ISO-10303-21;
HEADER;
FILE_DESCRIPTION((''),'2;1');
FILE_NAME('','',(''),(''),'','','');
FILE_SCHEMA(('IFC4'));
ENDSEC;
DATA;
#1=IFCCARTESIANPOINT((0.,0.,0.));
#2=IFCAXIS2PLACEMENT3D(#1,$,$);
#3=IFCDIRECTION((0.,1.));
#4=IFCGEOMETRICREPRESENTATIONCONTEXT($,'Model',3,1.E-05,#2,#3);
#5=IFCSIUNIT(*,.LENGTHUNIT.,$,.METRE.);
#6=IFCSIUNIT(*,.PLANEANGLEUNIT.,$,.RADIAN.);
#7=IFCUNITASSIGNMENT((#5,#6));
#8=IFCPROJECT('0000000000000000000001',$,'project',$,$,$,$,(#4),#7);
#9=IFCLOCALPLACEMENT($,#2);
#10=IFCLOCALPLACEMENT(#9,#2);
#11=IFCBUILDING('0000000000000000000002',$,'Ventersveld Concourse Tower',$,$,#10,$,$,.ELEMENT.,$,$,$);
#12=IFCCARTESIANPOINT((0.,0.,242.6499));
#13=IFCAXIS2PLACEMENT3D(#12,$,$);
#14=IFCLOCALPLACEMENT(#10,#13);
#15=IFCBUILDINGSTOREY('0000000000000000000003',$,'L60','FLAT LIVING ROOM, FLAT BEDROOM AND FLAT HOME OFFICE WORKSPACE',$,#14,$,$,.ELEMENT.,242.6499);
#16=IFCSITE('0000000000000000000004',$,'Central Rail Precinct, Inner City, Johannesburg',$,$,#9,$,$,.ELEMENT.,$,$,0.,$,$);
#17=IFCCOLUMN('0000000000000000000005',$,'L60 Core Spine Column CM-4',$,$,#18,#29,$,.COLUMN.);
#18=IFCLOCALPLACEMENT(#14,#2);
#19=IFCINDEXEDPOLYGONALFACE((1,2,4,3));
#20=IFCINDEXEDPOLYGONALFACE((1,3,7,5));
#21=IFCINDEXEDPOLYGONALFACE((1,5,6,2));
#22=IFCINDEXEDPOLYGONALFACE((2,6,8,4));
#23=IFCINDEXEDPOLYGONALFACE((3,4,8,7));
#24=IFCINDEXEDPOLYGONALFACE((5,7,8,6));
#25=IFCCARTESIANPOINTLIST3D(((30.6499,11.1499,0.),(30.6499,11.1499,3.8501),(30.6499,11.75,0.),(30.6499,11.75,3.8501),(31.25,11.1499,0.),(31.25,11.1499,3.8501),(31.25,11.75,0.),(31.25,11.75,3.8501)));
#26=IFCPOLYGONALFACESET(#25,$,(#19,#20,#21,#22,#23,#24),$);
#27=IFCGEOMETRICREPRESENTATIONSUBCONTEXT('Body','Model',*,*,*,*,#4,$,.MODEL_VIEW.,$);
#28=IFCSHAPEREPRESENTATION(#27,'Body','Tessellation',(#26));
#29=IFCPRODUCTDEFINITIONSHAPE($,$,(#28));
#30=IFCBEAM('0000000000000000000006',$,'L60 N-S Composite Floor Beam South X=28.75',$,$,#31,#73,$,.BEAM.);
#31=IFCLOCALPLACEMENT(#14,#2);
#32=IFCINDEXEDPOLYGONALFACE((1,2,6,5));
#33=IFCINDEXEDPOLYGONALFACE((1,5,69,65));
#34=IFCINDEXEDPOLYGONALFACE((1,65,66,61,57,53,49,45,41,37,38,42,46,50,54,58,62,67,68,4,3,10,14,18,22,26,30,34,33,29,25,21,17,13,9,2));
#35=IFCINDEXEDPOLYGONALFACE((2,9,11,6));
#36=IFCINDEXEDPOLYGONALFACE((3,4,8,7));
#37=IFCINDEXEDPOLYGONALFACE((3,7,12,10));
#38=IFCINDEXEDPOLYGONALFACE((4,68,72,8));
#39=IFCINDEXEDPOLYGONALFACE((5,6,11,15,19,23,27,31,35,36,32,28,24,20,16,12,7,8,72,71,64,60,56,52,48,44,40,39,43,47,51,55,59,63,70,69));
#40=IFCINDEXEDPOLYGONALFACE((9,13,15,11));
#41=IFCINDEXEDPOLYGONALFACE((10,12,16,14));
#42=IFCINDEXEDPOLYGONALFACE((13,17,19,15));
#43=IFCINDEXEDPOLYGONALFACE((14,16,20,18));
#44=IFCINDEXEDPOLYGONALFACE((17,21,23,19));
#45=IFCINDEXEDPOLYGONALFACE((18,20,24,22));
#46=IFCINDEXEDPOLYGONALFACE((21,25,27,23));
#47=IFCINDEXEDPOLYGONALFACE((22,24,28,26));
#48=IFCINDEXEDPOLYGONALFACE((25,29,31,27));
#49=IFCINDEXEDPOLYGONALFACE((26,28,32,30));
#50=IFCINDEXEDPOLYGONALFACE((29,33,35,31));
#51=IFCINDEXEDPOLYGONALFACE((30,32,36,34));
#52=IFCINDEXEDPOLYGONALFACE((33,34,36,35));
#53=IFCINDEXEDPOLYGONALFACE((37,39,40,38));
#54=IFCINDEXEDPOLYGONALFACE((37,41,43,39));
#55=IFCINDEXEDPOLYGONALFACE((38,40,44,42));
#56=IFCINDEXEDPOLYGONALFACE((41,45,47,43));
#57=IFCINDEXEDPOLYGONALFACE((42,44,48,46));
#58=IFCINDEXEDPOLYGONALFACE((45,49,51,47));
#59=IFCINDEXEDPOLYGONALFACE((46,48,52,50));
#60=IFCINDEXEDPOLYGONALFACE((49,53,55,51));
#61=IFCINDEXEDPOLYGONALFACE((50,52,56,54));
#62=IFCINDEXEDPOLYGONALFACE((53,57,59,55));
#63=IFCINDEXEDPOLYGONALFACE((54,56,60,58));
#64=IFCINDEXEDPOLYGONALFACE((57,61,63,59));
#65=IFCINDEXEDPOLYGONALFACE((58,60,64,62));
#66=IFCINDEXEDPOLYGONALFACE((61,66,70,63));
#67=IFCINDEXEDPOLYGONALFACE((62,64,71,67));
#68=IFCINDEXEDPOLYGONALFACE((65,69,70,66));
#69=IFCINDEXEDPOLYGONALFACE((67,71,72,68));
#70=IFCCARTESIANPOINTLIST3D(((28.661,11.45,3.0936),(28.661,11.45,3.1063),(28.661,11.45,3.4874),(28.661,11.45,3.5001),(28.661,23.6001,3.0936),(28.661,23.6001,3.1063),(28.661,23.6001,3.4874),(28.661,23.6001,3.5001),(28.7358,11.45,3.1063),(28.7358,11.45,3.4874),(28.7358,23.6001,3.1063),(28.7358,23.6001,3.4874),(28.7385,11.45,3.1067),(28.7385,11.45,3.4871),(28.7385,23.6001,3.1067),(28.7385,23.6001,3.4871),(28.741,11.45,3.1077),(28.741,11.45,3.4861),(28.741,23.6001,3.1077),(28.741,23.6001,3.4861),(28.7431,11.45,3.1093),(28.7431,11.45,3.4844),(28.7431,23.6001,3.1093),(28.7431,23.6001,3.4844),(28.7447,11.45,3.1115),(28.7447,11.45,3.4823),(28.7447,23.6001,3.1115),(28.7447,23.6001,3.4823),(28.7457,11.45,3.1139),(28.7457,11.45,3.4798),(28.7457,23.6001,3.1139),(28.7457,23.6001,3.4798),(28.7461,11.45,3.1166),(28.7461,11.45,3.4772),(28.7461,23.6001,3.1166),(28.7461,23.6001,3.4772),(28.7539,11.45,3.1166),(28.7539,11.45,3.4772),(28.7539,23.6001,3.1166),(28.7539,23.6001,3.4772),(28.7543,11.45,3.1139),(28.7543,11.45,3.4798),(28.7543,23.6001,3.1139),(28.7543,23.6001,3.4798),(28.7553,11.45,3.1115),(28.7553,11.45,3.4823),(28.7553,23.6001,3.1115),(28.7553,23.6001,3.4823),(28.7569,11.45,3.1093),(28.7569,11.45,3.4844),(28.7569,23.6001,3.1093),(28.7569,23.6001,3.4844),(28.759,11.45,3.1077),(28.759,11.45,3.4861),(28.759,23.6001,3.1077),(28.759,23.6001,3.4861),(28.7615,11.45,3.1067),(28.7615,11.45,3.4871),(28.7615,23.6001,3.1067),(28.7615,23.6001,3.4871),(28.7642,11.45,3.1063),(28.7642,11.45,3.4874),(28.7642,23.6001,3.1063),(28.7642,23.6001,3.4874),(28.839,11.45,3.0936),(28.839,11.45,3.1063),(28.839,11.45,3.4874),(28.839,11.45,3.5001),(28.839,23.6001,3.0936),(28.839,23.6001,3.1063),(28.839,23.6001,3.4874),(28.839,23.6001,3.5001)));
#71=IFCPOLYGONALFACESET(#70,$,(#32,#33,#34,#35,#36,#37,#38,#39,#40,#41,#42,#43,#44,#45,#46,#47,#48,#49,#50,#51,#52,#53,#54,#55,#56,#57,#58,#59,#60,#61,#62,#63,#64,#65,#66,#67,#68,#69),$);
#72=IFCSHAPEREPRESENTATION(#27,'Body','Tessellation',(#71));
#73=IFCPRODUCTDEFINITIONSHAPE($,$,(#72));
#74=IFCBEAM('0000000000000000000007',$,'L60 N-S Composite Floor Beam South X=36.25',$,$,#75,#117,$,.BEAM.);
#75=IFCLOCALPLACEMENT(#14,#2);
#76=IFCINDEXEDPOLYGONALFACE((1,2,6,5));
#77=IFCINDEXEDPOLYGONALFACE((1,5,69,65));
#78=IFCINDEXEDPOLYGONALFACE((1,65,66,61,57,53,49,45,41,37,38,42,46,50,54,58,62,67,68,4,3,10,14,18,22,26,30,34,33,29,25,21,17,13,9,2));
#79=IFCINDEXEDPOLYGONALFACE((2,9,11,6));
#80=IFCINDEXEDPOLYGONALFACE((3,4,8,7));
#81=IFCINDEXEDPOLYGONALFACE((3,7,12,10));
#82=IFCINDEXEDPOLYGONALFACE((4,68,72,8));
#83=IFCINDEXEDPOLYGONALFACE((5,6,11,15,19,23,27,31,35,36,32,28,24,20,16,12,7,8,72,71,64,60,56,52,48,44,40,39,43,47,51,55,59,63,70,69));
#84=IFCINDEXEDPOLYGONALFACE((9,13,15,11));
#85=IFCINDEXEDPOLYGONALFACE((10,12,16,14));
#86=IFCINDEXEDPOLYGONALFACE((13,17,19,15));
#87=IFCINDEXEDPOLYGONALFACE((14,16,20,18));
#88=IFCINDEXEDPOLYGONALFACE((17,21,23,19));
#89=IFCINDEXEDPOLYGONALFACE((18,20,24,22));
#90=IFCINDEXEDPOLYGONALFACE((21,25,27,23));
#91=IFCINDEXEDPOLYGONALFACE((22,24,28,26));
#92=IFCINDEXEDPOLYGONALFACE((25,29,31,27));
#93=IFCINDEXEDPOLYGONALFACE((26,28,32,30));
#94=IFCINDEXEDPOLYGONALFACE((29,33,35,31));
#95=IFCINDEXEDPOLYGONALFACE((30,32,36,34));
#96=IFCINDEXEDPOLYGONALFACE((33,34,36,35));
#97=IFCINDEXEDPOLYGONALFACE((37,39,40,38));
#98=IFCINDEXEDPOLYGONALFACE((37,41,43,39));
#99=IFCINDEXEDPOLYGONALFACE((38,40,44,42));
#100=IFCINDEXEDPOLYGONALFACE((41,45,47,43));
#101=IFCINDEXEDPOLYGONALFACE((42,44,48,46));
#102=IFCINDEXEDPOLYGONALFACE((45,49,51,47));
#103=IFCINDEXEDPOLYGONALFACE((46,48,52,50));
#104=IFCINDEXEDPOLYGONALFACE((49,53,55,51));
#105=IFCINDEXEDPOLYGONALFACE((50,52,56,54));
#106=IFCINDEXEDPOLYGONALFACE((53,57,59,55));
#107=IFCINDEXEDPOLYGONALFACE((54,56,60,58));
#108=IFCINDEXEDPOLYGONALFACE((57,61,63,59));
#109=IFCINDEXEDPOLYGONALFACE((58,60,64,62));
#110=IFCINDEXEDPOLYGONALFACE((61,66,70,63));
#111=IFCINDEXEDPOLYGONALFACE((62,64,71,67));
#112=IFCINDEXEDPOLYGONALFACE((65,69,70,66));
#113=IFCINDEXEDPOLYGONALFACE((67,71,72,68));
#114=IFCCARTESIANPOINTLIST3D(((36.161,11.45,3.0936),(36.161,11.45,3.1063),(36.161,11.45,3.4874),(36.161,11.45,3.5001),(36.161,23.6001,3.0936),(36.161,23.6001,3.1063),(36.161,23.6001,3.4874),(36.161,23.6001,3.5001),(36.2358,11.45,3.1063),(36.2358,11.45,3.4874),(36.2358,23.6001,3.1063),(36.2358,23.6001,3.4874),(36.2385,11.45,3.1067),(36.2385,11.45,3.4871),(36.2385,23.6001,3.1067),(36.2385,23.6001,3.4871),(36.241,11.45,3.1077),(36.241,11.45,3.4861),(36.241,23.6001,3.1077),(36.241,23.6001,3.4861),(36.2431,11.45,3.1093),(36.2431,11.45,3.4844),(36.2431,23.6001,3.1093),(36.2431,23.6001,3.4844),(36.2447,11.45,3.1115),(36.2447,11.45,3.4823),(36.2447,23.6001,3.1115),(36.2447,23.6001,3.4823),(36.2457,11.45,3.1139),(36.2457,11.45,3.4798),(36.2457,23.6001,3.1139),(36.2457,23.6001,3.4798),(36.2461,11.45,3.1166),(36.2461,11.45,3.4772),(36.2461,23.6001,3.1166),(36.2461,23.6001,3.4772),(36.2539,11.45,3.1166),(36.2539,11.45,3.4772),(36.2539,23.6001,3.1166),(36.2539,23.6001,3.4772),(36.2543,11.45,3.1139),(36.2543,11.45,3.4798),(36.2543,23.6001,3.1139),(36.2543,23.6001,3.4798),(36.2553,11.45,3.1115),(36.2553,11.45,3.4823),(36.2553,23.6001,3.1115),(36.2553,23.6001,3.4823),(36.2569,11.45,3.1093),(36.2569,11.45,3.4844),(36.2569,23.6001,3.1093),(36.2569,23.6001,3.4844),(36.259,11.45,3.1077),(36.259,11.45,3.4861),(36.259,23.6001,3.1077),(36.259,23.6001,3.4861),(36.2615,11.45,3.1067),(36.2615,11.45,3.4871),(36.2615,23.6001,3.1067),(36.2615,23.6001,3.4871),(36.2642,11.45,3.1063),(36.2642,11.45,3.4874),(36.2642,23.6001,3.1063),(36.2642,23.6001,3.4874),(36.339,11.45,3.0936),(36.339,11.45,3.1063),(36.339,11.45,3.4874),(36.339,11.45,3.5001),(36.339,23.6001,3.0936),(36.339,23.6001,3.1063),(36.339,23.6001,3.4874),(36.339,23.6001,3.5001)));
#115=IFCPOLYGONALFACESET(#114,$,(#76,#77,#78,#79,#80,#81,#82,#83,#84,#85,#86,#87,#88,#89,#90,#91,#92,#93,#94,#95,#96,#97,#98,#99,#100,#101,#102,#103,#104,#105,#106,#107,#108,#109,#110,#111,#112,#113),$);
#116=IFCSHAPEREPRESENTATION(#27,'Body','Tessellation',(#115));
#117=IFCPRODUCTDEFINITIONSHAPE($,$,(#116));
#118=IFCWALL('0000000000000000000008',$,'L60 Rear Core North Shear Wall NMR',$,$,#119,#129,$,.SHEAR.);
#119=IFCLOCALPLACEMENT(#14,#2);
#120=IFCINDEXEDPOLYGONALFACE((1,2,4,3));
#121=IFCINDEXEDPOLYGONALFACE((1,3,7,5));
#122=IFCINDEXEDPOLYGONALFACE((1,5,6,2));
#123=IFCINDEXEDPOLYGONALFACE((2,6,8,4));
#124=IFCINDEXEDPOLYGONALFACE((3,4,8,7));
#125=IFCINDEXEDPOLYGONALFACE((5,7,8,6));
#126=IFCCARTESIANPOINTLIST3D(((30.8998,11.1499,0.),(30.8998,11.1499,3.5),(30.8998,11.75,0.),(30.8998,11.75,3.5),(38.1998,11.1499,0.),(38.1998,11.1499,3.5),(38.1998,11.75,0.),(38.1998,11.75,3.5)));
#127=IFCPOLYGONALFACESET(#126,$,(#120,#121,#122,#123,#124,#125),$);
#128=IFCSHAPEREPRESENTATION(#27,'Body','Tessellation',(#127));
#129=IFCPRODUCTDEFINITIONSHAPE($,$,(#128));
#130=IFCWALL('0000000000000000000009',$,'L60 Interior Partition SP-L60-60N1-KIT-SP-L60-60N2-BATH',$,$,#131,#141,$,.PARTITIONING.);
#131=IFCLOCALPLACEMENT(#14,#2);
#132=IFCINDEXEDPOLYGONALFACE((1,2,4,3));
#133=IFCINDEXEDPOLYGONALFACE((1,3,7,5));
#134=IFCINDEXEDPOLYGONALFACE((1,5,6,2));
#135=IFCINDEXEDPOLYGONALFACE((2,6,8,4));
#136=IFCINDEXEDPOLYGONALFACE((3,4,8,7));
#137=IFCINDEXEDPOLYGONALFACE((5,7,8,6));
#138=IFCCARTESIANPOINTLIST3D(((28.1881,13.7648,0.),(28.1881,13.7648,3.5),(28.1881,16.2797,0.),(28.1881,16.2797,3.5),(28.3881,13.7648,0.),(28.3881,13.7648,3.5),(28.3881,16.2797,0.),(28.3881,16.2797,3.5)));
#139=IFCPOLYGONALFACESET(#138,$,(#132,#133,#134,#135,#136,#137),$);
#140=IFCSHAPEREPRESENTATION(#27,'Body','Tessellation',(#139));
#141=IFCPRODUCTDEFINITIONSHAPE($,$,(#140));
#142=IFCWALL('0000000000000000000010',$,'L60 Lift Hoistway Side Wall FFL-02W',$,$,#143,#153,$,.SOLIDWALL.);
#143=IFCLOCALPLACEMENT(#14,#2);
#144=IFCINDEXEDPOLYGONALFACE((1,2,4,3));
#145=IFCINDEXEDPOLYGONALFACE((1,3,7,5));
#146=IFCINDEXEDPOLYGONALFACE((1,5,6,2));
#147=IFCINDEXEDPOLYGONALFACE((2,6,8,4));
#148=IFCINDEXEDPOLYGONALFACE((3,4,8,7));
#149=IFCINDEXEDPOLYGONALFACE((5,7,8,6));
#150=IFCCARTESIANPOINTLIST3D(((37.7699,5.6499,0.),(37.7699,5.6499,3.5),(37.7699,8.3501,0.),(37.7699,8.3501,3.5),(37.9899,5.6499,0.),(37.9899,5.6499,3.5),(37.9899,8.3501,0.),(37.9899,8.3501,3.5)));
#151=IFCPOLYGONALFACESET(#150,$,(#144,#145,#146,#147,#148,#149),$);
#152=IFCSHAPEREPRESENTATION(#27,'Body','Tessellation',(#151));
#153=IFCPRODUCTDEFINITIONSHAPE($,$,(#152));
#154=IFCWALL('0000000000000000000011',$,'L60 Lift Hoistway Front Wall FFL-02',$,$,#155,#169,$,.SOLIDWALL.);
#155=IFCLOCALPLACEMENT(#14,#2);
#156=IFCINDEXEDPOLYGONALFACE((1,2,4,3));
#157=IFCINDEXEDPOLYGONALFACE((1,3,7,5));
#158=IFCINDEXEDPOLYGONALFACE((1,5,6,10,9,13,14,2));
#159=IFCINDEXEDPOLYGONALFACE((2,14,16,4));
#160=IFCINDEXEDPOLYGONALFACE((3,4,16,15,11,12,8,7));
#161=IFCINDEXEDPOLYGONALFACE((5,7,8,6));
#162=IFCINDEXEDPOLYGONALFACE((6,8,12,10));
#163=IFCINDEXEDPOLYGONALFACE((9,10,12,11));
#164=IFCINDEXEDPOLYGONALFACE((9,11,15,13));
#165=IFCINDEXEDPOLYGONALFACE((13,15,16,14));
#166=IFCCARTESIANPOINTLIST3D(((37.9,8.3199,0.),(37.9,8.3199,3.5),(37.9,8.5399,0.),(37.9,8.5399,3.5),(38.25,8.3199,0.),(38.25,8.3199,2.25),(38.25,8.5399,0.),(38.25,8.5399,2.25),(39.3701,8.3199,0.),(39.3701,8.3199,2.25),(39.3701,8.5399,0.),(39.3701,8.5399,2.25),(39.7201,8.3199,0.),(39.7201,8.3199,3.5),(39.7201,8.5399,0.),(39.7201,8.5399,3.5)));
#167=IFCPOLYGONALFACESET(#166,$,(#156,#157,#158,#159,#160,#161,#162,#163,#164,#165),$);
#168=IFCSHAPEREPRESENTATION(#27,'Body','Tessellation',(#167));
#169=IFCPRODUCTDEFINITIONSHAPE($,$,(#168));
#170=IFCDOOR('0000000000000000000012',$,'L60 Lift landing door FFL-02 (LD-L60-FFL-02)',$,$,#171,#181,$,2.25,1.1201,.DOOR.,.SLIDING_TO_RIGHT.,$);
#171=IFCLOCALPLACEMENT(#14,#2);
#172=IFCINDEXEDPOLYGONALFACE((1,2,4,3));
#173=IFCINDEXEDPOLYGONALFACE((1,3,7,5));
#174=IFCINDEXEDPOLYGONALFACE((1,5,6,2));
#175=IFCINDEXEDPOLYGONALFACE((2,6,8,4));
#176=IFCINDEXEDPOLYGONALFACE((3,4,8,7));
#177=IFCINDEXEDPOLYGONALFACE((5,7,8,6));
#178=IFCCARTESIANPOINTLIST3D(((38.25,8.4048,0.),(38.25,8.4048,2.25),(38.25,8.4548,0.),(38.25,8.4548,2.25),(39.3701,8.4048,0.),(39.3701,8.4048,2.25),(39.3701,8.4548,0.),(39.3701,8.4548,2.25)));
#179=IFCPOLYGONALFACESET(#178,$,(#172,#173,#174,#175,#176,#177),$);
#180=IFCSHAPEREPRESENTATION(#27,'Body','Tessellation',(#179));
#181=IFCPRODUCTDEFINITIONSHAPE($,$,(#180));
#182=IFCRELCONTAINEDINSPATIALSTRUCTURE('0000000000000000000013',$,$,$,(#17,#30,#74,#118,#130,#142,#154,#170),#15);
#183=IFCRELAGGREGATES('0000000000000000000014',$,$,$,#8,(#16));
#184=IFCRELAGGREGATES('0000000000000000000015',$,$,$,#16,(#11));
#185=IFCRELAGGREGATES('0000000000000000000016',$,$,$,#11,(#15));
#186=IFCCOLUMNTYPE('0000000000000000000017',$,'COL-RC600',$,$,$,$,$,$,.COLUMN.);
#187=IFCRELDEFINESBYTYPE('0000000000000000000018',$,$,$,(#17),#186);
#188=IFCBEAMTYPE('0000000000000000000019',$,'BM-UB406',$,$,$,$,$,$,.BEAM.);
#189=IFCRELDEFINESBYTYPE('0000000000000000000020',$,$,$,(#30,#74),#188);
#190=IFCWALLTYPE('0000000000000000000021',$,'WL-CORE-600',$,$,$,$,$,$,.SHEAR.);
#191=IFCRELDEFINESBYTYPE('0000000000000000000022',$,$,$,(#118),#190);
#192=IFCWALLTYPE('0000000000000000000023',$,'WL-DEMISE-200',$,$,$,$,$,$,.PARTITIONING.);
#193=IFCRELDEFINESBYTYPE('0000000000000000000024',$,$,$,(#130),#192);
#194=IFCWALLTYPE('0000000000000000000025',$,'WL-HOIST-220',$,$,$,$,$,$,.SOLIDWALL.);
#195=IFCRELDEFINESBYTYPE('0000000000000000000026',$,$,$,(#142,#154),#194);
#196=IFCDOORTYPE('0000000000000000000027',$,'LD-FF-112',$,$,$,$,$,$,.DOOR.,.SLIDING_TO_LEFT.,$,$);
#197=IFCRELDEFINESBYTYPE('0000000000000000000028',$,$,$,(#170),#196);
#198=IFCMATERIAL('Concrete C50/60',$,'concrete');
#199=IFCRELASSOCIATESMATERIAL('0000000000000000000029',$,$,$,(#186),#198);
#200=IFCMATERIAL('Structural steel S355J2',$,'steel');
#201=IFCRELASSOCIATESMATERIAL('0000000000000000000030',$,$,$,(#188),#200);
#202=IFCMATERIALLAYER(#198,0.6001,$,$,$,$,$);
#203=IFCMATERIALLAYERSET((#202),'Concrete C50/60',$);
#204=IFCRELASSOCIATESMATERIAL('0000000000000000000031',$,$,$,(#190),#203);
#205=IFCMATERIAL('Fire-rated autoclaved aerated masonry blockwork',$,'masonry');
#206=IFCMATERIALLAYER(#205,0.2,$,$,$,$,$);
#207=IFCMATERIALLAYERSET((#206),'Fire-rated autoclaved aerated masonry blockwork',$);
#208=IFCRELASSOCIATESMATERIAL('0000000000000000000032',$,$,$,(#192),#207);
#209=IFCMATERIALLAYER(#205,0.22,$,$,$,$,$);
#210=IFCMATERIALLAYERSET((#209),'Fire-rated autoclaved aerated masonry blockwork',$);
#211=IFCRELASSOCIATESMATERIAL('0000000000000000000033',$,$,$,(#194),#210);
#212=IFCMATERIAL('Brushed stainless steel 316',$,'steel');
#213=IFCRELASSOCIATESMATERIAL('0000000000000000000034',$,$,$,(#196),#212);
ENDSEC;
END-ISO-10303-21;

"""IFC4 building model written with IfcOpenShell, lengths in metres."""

from ifc_helpers import new_model, si_unit, direction, frame, frame_2d, origin, origin_2d, place, context, subcontext, project, spatial, rectangle, i_section, extrude, material, layer, layer_set, material_profile, profile_set, type_object, element, fill, save


model = new_model("IFC4")

# Units and contexts
model_context = context("Model", 3, precision=1e-05, world=origin(), true_north=direction((0.0, 1.0)))
body_context = subcontext(model_context, "Body", "Model", "MODEL_VIEW")
ifc_project = project(units=[si_unit("LENGTHUNIT", "METRE"), si_unit("PLANEANGLEUNIT", "RADIAN")], contexts=[model_context])

# Site, building, storey
site_placement = place(None, origin())
site = spatial("IfcSite", under=ifc_project, at=site_placement, Name="Central Rail Precinct, Inner City, Johannesburg", CompositionType="ELEMENT", RefElevation=0.0)
building_placement = place(site_placement, origin())
building = spatial("IfcBuilding", under=site, at=building_placement, Name="Ventersveld Concourse Tower", CompositionType="ELEMENT")
storey_placement = place(building_placement, frame((0.0, 0.0, 242.6499)))
storey = spatial("IfcBuildingStorey", under=building, at=storey_placement, Name="L60", Description="FLAT LIVING ROOM, FLAT BEDROOM AND FLAT HOME OFFICE WORKSPACE", CompositionType="ELEMENT", Elevation=242.6499)

# Column
ifc_material_1 = material(Name="Concrete C50/60", Category="concrete")
ifc_material_profile_1 = material_profile(ifc_material_1, rectangle(XDim=0.6001, YDim=0.6001, at=origin_2d()), Name="RC 600x600")
ifc_profile_set_1 = profile_set([ifc_material_profile_1], Name="Concrete C50/60")
column_type = type_object("IfcColumnType", Name="COL-RC600", PredefinedType="COLUMN", material=ifc_profile_set_1)
column_placement = place(storey_placement, frame((30.95, 11.45, 0.0), z_axis=(0.0, 0.0, 1.0), x_axis=(1.0, 0.0, 0.0)))
element("IfcColumn", 1, at=column_placement, inside=storey, type_object=column_type, Name="L60 Core Spine Column CM-4", PredefinedType="COLUMN", context=body_context, shape_type="SweptSolid", body=[
    extrude(rectangle(XDim=0.6001, YDim=0.6001, at=origin_2d()), origin(), (0.0, 0.0, 1.0), 3.8501),
])

# Beams
ifc_material_2 = material(Name="Structural steel S355J2", Category="steel")
ifc_material_profile_2 = material_profile(ifc_material_2, i_section(OverallWidth=0.178, OverallDepth=0.4065, WebThickness=0.0078, FlangeThickness=0.0127, FilletRadius=0.0103, at=origin_2d()), Name="UB 406x178x60")
ifc_profile_set_2 = profile_set([ifc_material_profile_2], Name="Structural steel S355J2")
beam_type = type_object("IfcBeamType", Name="BM-UB406", PredefinedType="BEAM", material=ifc_profile_set_2)
for number, where, z_axis, x_axis, name in (
    (2, (28.75, 11.45, 3.2969), (0.0, 1.0, 0.0), (-1.0, 0.0, 0.0), "L60 N-S Composite Floor Beam South X=28.75"),
    (3, (36.25, 11.45, 3.2969), (0.0, 1.0, 0.0), (-1.0, 0.0, 0.0), "L60 N-S Composite Floor Beam South X=36.25"),
):
    element("IfcBeam", number, at=place(storey_placement, frame(where, z_axis=z_axis, x_axis=x_axis)), inside=storey, type_object=beam_type, Name=name, PredefinedType="BEAM", context=body_context, shape_type="SweptSolid", body=[
        extrude(i_section(OverallWidth=0.178, OverallDepth=0.4065, WebThickness=0.0078, FlangeThickness=0.0127, FilletRadius=0.0103, at=origin_2d()), origin(), (0.0, 0.0, 1.0), 12.1501),
    ])

# Walls
ifc_layer_1 = layer(ifc_material_1, 0.6001)
ifc_layer_set_1 = layer_set([ifc_layer_1], Name="Concrete C50/60")
wall_type_1 = type_object("IfcWallType", Name="WL-CORE-600", PredefinedType="SHEAR", material=ifc_layer_set_1)
wall_1_placement = place(storey_placement, frame((30.8999, 11.45, 0.0), z_axis=(0.0, 0.0, 1.0), x_axis=(1.0, 0.0, 0.0)))
element("IfcWall", 4, at=wall_1_placement, inside=storey, type_object=wall_type_1, Name="L60 Rear Core North Shear Wall NMR", PredefinedType="SHEAR", context=body_context, shape_type="SweptSolid", body=[
    extrude(rectangle(XDim=7.3, YDim=0.6001, at=frame_2d((3.6499, 0.0))), origin(), (0.0, 0.0, 1.0), 3.5),
])
ifc_material_3 = material(Name="Fire-rated autoclaved aerated masonry blockwork", Category="masonry")
ifc_layer_2 = layer(ifc_material_3, 0.2)
ifc_layer_set_2 = layer_set([ifc_layer_2], Name="Fire-rated autoclaved aerated masonry blockwork")
wall_type_2 = type_object("IfcWallType", Name="WL-DEMISE-200", PredefinedType="PARTITIONING", material=ifc_layer_set_2)
wall_2_placement = place(storey_placement, frame((28.2881, 13.7649, 0.0), z_axis=(0.0, 0.0, 1.0), x_axis=(0.0, 1.0, 0.0)))
element("IfcWall", 5, at=wall_2_placement, inside=storey, type_object=wall_type_2, Name="L60 Interior Partition SP-L60-60N1-KIT-SP-L60-60N2-BATH", PredefinedType="PARTITIONING", context=body_context, shape_type="SweptSolid", body=[
    extrude(rectangle(XDim=2.5149, YDim=0.2, at=frame_2d((1.2573, 0.0))), origin(), (0.0, 0.0, 1.0), 3.5),
])
ifc_layer_3 = layer(ifc_material_3, 0.22)
ifc_layer_set_3 = layer_set([ifc_layer_3], Name="Fire-rated autoclaved aerated masonry blockwork")
wall_type_3 = type_object("IfcWallType", Name="WL-HOIST-220", PredefinedType="SOLIDWALL", material=ifc_layer_set_3)
wall_3_placement = place(storey_placement, frame((37.8799, 5.6499, 0.0), z_axis=(0.0, 0.0, 1.0), x_axis=(0.0, 1.0, 0.0)))
element("IfcWall", 6, at=wall_3_placement, inside=storey, type_object=wall_type_3, Name="L60 Lift Hoistway Side Wall FFL-02W", PredefinedType="SOLIDWALL", context=body_context, shape_type="SweptSolid", body=[
    extrude(rectangle(XDim=2.7002, YDim=0.22, at=frame_2d((1.3501, 0.0))), origin(), (0.0, 0.0, 1.0), 3.5),
])

# Wall, opening, door
wall_4_placement = place(storey_placement, frame((37.8999, 8.4299, 0.0), z_axis=(0.0, 0.0, 1.0), x_axis=(1.0, 0.0, 0.0)))
wall_4 = element("IfcWall", 7, at=wall_4_placement, inside=storey, type_object=wall_type_3, Name="L60 Lift Hoistway Front Wall FFL-02", PredefinedType="SOLIDWALL", context=body_context, shape_type="SweptSolid", body=[
    extrude(rectangle(XDim=1.8201, YDim=0.22, at=frame_2d((0.9102, 0.0))), origin(), (0.0, 0.0, 1.0), 3.5),
])
opening_1_placement = place(wall_4_placement, frame((0.3501, 0.0, 0.0)))
opening_1 = element("IfcOpeningElement", 8, at=opening_1_placement, cuts=wall_4, PredefinedType="OPENING", context=body_context, shape_type="SweptSolid", body=[
    extrude(rectangle(XDim=1.1201, YDim=2.25, at=frame_2d((0.5601, 1.125))), frame((0.0, 0.1201, 0.0), z_axis=(0.0, -1.0, 0.0), x_axis=(1.0, 0.0, 0.0)), (0.0, 0.0, 1.0), 0.24),
])
ifc_material_4 = material(Name="Brushed stainless steel 316", Category="steel")
door_type_1 = type_object("IfcDoorType", Name="LD-FF-112", OperationType="SLIDING_TO_LEFT", PredefinedType="DOOR", material=ifc_material_4)
door_1_placement = place(opening_1_placement, origin())
door_1 = element("IfcDoor", 9, at=door_1_placement, inside=storey, type_object=door_type_1, Name="L60 Lift landing door FFL-02 (LD-L60-FFL-02)", OperationType="SLIDING_TO_RIGHT", OverallHeight=2.25, OverallWidth=1.1201, PredefinedType="DOOR", context=body_context, shape_type="SweptSolid", body=[
    extrude(rectangle(XDim=1.1201, YDim=2.25, at=frame_2d((0.5601, 1.125))), frame((0.0, 0.0249, 0.0), z_axis=(0.0, -1.0, 0.0), x_axis=(1.0, 0.0, 0.0)), (0.0, 0.0, 1.0), 0.05),
])
fill(opening_1, door_1)

save(model, "model.ifc")
